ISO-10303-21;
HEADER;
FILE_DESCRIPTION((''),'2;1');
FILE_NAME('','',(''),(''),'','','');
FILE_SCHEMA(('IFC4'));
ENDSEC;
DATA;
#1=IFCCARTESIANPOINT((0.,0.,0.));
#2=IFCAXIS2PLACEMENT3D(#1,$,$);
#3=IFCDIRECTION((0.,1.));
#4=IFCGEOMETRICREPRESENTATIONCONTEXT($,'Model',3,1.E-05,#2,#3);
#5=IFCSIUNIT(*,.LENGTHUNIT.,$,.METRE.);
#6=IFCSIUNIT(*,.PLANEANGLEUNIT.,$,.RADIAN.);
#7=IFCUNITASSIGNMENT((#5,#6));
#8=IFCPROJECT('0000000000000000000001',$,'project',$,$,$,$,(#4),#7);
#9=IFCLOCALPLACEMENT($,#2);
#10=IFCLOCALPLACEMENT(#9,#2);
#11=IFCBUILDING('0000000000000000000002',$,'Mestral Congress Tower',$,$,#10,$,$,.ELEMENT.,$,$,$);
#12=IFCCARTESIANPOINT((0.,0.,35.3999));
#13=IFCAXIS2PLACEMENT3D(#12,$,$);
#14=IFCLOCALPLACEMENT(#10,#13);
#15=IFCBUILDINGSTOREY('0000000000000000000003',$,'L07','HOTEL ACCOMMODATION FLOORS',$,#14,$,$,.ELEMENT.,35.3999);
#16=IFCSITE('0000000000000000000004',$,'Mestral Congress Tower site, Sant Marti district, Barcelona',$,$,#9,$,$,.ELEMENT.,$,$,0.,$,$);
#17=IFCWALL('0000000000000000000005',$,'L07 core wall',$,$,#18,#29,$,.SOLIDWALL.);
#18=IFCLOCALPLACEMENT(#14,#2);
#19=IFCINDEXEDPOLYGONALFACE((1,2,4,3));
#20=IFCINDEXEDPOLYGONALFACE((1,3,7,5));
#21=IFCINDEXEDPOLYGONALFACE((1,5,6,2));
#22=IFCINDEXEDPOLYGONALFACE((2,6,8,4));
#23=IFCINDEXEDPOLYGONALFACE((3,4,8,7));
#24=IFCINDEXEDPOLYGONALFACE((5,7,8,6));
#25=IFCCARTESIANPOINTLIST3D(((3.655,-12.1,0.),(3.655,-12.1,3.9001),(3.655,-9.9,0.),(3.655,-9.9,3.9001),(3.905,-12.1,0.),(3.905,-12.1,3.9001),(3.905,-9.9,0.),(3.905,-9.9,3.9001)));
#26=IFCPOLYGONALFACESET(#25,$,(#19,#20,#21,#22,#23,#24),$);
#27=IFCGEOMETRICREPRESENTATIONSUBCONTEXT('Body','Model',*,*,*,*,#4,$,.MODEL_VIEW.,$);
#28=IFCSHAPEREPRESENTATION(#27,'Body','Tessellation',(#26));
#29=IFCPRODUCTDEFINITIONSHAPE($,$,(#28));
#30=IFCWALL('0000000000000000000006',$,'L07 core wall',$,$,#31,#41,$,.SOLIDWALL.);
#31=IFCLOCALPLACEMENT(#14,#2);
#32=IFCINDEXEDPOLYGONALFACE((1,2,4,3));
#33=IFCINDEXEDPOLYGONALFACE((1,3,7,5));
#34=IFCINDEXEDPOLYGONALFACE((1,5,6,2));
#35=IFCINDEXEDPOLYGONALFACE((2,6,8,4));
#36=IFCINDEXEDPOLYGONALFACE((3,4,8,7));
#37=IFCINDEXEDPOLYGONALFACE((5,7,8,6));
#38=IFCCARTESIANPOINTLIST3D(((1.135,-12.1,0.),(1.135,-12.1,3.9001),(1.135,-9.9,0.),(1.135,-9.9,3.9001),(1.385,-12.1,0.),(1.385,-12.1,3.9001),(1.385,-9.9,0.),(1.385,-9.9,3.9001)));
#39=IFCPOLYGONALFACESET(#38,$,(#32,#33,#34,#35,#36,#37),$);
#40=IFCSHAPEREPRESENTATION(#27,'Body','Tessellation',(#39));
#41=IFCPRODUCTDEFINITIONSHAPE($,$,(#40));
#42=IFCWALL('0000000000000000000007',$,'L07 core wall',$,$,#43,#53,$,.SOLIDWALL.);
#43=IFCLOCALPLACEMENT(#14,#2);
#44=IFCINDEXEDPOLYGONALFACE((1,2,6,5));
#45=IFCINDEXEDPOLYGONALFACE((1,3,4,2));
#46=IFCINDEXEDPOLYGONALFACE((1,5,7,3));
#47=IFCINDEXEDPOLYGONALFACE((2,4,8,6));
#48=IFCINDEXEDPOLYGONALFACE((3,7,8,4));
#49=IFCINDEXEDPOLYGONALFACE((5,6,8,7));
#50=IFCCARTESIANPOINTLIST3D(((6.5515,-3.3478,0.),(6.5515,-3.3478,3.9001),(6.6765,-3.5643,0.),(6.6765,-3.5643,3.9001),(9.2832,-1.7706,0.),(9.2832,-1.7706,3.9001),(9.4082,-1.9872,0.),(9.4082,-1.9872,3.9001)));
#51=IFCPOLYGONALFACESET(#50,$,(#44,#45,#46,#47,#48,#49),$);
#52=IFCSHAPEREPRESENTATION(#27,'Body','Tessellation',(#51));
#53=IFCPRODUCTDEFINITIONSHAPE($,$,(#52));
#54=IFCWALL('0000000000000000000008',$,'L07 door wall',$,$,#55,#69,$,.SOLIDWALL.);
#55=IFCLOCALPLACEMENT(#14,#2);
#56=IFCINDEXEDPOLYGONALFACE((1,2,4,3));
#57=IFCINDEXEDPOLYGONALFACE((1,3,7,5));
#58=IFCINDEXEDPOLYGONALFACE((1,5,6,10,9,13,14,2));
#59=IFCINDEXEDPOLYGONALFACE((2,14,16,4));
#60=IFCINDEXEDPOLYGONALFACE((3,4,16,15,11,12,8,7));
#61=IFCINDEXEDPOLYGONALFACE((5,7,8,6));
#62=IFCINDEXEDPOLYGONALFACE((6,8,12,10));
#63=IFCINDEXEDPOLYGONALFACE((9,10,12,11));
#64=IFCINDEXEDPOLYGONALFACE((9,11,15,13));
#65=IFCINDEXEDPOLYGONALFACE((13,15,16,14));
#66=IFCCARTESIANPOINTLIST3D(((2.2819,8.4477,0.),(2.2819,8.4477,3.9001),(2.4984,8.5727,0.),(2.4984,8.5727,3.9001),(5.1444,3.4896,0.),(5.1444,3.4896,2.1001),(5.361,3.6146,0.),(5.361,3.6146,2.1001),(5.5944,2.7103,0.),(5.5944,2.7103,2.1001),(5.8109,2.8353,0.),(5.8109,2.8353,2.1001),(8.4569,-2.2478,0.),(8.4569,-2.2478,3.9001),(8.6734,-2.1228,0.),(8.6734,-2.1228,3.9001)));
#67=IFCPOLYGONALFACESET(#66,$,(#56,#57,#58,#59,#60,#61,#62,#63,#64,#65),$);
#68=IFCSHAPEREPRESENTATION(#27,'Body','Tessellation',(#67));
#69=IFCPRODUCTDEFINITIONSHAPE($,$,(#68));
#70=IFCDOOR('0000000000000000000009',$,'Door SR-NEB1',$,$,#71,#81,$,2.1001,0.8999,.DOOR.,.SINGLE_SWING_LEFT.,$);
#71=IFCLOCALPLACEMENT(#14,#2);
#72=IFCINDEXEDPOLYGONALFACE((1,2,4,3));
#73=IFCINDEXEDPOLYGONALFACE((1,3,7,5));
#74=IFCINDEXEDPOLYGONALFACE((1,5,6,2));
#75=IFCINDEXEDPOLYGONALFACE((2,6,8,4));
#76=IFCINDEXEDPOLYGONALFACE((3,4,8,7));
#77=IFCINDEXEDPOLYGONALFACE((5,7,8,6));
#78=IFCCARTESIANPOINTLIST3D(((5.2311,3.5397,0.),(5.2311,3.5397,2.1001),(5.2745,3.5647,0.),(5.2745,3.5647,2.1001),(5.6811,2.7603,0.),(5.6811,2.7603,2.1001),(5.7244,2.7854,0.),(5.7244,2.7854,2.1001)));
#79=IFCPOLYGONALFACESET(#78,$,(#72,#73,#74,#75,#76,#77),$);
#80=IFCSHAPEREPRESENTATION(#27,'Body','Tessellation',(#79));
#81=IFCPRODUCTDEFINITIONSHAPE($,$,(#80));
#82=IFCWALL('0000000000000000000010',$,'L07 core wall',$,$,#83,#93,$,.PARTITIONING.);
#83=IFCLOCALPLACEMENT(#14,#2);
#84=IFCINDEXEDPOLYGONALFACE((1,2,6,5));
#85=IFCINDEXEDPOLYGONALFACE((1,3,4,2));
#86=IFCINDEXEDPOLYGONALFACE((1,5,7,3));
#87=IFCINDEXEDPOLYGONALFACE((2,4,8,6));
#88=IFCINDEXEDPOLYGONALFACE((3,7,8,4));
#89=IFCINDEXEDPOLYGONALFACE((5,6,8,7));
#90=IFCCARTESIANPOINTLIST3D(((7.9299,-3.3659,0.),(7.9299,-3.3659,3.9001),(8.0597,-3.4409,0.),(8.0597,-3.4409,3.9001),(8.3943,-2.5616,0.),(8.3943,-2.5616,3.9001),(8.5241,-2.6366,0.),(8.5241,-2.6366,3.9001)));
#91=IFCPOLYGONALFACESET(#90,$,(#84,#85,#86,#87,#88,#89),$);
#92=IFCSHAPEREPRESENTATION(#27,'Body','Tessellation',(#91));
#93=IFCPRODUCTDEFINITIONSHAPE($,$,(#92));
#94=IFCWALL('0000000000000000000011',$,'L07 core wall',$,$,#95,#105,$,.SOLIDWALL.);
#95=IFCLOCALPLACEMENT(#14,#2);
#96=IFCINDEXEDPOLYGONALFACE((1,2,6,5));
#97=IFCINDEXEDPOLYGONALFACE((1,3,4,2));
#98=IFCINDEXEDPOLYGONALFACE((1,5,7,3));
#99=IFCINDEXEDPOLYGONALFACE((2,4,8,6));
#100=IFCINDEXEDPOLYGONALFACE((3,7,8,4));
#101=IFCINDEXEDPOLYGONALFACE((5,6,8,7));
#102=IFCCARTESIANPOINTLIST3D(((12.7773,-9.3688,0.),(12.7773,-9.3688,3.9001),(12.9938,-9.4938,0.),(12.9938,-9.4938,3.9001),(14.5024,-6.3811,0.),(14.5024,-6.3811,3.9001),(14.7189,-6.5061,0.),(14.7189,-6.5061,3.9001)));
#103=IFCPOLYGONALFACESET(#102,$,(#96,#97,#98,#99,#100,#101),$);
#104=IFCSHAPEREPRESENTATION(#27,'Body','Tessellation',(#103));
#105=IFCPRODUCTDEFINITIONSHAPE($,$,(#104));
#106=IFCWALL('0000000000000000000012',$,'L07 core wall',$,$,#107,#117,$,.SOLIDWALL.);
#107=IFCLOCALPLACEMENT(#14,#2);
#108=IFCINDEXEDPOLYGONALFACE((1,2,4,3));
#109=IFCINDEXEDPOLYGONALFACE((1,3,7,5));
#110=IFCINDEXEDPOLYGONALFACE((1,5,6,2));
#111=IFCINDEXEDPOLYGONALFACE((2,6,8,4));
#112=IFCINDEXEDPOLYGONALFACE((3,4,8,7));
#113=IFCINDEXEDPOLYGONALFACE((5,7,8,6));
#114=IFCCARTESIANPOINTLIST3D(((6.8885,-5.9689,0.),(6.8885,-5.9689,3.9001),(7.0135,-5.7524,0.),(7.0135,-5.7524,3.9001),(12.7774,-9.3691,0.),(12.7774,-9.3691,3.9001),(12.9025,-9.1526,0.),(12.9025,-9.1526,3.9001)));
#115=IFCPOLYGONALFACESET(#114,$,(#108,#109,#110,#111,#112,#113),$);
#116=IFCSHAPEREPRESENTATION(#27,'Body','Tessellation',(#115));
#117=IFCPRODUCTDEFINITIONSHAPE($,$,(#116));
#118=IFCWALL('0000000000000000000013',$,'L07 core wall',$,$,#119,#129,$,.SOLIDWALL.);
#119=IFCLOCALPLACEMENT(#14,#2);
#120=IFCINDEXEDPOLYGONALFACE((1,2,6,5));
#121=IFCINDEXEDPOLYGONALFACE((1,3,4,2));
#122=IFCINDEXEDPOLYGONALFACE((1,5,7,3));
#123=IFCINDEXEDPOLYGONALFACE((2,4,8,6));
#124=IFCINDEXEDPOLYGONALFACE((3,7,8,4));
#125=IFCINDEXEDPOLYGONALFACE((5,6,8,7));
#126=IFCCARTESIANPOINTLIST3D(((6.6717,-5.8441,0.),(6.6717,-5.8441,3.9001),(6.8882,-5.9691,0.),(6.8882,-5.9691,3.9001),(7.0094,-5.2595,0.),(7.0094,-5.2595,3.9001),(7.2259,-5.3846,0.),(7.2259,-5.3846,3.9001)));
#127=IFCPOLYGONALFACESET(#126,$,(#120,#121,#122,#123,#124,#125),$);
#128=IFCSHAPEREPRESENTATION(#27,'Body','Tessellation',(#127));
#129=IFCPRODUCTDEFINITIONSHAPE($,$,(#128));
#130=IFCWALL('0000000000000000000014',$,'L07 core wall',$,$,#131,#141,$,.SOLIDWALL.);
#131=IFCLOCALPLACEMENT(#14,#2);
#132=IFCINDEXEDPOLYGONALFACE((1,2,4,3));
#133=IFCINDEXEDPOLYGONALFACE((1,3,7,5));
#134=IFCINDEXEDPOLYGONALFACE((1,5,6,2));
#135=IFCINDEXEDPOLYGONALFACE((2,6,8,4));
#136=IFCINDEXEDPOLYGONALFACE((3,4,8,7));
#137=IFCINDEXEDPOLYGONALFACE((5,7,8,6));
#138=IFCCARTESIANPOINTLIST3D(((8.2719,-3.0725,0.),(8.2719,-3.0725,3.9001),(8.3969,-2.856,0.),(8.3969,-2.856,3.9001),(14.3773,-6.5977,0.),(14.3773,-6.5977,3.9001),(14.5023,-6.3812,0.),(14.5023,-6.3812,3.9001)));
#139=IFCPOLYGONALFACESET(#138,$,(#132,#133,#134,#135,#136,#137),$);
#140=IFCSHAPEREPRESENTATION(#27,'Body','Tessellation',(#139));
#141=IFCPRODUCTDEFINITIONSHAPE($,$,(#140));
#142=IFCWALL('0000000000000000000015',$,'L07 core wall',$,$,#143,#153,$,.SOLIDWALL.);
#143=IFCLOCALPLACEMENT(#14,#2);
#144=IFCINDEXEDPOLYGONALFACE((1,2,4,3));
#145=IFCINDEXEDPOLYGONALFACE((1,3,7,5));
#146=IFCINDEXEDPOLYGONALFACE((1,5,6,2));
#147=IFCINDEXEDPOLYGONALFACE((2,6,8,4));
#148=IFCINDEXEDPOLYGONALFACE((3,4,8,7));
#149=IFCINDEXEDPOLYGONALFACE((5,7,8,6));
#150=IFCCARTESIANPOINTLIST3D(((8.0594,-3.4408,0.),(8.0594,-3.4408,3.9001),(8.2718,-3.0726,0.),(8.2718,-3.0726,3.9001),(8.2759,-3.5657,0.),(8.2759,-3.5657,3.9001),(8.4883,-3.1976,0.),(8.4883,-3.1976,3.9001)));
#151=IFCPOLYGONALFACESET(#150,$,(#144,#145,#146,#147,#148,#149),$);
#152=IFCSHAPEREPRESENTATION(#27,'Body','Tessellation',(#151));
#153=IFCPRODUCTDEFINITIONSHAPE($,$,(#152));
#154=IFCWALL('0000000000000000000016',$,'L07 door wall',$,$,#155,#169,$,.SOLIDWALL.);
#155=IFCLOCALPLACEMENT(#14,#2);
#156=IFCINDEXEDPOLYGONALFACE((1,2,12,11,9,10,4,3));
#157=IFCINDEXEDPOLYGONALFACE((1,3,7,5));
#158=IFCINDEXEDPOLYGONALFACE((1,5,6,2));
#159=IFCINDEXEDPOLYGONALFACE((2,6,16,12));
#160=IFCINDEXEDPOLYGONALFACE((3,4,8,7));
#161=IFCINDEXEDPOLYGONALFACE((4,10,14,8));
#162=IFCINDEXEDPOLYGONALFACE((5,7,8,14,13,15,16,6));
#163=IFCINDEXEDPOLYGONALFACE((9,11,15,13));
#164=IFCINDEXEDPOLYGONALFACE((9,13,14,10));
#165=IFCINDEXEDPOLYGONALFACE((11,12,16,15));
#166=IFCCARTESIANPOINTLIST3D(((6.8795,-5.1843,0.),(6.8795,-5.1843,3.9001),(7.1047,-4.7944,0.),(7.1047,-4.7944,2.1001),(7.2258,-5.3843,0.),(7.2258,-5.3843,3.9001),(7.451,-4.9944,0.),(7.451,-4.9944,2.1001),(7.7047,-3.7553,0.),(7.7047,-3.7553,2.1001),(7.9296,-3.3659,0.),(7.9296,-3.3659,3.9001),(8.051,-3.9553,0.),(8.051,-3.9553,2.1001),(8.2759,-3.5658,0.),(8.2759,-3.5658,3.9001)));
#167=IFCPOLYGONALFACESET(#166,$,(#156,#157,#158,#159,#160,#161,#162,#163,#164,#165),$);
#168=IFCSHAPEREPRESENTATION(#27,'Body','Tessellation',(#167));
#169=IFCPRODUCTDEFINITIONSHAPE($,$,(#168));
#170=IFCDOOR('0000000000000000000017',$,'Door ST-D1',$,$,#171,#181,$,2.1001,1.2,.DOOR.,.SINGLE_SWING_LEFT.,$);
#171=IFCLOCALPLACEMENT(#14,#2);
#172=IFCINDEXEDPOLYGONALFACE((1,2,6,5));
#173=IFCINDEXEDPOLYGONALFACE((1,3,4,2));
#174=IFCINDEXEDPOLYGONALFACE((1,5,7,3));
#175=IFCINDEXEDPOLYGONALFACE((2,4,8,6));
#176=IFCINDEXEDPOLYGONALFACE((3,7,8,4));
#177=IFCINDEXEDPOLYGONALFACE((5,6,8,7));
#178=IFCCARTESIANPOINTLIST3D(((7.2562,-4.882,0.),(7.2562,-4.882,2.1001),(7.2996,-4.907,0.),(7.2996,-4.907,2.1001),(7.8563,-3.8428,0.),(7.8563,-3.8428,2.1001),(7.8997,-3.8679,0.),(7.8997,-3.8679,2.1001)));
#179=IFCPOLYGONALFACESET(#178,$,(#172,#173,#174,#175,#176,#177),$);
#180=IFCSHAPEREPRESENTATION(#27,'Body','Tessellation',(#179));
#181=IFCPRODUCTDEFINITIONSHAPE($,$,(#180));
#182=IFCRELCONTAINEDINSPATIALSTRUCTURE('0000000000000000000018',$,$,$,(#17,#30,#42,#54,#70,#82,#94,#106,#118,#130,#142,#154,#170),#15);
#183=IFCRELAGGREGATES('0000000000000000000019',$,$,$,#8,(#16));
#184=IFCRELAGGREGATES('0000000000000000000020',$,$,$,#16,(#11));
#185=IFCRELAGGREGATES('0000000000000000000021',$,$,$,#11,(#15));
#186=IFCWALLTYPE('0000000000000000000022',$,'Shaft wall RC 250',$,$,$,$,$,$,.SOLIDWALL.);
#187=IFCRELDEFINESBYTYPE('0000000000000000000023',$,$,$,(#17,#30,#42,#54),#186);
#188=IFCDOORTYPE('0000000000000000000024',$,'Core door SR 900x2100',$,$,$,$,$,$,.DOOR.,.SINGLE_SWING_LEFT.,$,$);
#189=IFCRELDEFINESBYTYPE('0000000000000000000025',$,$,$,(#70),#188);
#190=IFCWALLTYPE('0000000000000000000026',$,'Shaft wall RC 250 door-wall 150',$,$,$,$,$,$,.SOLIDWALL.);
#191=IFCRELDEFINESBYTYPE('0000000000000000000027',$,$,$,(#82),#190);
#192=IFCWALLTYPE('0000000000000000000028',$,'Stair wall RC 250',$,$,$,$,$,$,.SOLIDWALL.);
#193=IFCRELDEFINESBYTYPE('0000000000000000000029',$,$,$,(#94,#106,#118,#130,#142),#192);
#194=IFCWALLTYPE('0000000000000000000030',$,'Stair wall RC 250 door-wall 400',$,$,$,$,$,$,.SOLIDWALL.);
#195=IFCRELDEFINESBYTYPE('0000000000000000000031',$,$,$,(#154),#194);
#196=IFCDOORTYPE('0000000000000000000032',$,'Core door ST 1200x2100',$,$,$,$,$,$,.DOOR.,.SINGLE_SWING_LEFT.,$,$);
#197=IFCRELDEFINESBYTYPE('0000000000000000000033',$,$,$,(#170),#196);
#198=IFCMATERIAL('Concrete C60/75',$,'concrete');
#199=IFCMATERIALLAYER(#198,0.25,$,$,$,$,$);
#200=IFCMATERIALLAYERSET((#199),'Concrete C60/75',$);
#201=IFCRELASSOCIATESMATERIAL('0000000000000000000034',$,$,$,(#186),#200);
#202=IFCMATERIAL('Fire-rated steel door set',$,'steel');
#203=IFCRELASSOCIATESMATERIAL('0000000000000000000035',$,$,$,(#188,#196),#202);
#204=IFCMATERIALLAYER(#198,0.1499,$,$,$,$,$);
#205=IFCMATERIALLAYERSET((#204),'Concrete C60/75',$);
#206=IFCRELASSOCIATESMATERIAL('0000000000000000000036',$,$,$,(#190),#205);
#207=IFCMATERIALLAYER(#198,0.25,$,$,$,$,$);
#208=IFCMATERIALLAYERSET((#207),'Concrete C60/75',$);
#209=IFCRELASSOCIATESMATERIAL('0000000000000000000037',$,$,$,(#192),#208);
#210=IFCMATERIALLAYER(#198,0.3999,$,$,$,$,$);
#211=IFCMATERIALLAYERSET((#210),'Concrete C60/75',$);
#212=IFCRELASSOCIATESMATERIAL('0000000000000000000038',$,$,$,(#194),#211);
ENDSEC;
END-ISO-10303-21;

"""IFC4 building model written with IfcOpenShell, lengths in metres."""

from ifc_helpers import new_model, si_unit, direction, frame, frame_2d, origin, place, context, subcontext, project, spatial, rectangle, extrude, material, layer, layer_set, type_object, element, fill, save


model = new_model("IFC4")

# Units and contexts
model_context = context("Model", 3, precision=1e-05, world=origin(), true_north=direction((0.0, 1.0)))
body_context = subcontext(model_context, "Body", "Model", "MODEL_VIEW")
ifc_project = project(units=[si_unit("LENGTHUNIT", "METRE"), si_unit("PLANEANGLEUNIT", "RADIAN")], contexts=[model_context])

# Site, building, storey
site_placement = place(None, origin())
site = spatial("IfcSite", under=ifc_project, at=site_placement, Name="Mestral Congress Tower site, Sant Marti district, Barcelona", CompositionType="ELEMENT", RefElevation=0.0)
building_placement = place(site_placement, origin())
building = spatial("IfcBuilding", under=site, at=building_placement, Name="Mestral Congress Tower", CompositionType="ELEMENT")
storey_placement = place(building_placement, frame((0.0, 0.0, 35.3999)))
storey = spatial("IfcBuildingStorey", under=building, at=storey_placement, Name="L07", Description="HOTEL ACCOMMODATION FLOORS", CompositionType="ELEMENT", Elevation=35.3999)

# Shared definitions
ifc_material_1 = material(Name="Fire-rated steel door set", Category="steel")
ifc_material_2 = material(Name="Concrete C60/75", Category="concrete")

# Walls
ifc_layer_1 = layer(ifc_material_2, 0.25)
ifc_layer_set_1 = layer_set([ifc_layer_1], Name="Concrete C60/75")
wall_type_1 = type_object("IfcWallType", Name="Shaft wall RC 250", PredefinedType="SOLIDWALL", material=ifc_layer_set_1)
for number, where, z_axis, x_axis, name in (
    (1, (3.78, -12.1001, 0.0), (0.0, 0.0, 1.0), (0.0, 1.0, 0.0), "L07 core wall"),
    (2, (1.26, -12.1001, 0.0), (0.0, 0.0, 1.0), (0.0, 1.0, 0.0), "L07 core wall"),
):
    element("IfcWall", number, at=place(storey_placement, frame(where, z_axis=z_axis, x_axis=x_axis)), inside=storey, type_object=wall_type_1, Name=name, PredefinedType="SOLIDWALL", context=body_context, shape_type="SweptSolid", body=[
        extrude(rectangle(XDim=2.2, YDim=0.25, at=frame_2d((1.1001, 0.0))), origin(), (0.0, 0.0, 1.0), 3.9001),
    ])
wall_1_placement = place(storey_placement, frame((6.614, -3.4561, 0.0), z_axis=(0.0, 0.0, 1.0), x_axis=(0.866024, 0.500002, 0.0)))
element("IfcWall", 3, at=wall_1_placement, inside=storey, type_object=wall_type_1, Name="L07 core wall", PredefinedType="SOLIDWALL", context=body_context, shape_type="SweptSolid", body=[
    extrude(rectangle(XDim=3.1543, YDim=0.25, at=frame_2d((1.5771, 0.0))), origin(), (0.0, 0.0, 1.0), 3.9001),
])

# Wall, opening, door
wall_2_placement = place(storey_placement, frame((8.5652, -2.1853, 0.0), z_axis=(0.0, 0.0, 1.0), x_axis=(-0.499998, 0.866027, 0.0)))
wall_2 = element("IfcWall", 4, at=wall_2_placement, inside=storey, type_object=wall_type_1, Name="L07 door wall", PredefinedType="SOLIDWALL", context=body_context, shape_type="SweptSolid", body=[
    extrude(rectangle(XDim=12.3501, YDim=0.25, at=frame_2d((6.175, 0.0))), origin(), (0.0, 0.0, 1.0), 3.9001),
])
opening_1_placement = place(wall_2_placement, frame((5.7251, 0.0, 0.0)))
opening_1 = element("IfcOpeningElement", 5, at=opening_1_placement, cuts=wall_2, PredefinedType="OPENING", context=body_context, shape_type="SweptSolid", body=[
    extrude(rectangle(XDim=0.8999, YDim=2.1001, at=frame_2d((0.45, 1.05))), frame((0.0, 0.135, 0.0), z_axis=(0.0, -1.0, 0.0), x_axis=(1.0, 0.0, 0.0)), (0.0, 0.0, 1.0), 0.27),
])
door_type_1 = type_object("IfcDoorType", Name="Core door SR 900x2100", OperationType="SINGLE_SWING_LEFT", PredefinedType="DOOR", material=ifc_material_1)
door_1_placement = place(opening_1_placement, origin())
door_1 = element("IfcDoor", 6, at=door_1_placement, inside=storey, type_object=door_type_1, Name="Door SR-NEB1", OperationType="SINGLE_SWING_LEFT", OverallHeight=2.1001, OverallWidth=0.8999, PredefinedType="DOOR", context=body_context, shape_type="SweptSolid", body=[
    extrude(rectangle(XDim=0.8999, YDim=2.1001, at=frame_2d((0.45, 1.05))), frame((0.0, 0.0249, 0.0), z_axis=(0.0, -1.0, 0.0), x_axis=(1.0, 0.0, 0.0)), (0.0, 0.0, 1.0), 0.05),
])
fill(opening_1, door_1)

# Walls
ifc_layer_2 = layer(ifc_material_2, 0.1499)
ifc_layer_set_2 = layer_set([ifc_layer_2], Name="Concrete C60/75")
wall_type_2 = type_object("IfcWallType", Name="Shaft wall RC 250 door-wall 150", PredefinedType="SOLIDWALL", material=ifc_layer_set_2)
wall_3_placement = place(storey_placement, frame((8.4592, -2.5991, 0.0), z_axis=(0.0, 0.0, 1.0), x_axis=(-0.500041, -0.866002, 0.0)))
element("IfcWall", 7, at=wall_3_placement, inside=storey, type_object=wall_type_2, Name="L07 core wall", PredefinedType="PARTITIONING", context=body_context, shape_type="SweptSolid", body=[
    extrude(rectangle(XDim=0.9287, YDim=0.1499, at=frame_2d((0.4644, 0.0))), origin(), (0.0, 0.0, 1.0), 3.9001),
])
ifc_layer_3 = layer(ifc_material_2, 0.25)
ifc_layer_set_3 = layer_set([ifc_layer_3], Name="Concrete C60/75")
wall_type_3 = type_object("IfcWallType", Name="Stair wall RC 250", PredefinedType="SOLIDWALL", material=ifc_layer_set_3)
wall_4_placement = place(storey_placement, frame((12.8855, -9.4314, 0.0), z_axis=(0.0, 0.0, 1.0), x_axis=(0.500021, 0.866014, 0.0)))
element("IfcWall", 8, at=wall_4_placement, inside=storey, type_object=wall_type_3, Name="L07 core wall", PredefinedType="SOLIDWALL", context=body_context, shape_type="SweptSolid", body=[
    extrude(rectangle(XDim=3.45, YDim=0.25, at=frame_2d((1.7251, 0.0))), origin(), (0.0, 0.0, 1.0), 3.9001),
])
wall_5_placement = place(storey_placement, frame((12.8398, -9.2607, 0.0), z_axis=(0.0, 0.0, 1.0), x_axis=(-0.866014, 0.50002, 0.0)))
element("IfcWall", 9, at=wall_5_placement, inside=storey, type_object=wall_type_3, Name="L07 core wall", PredefinedType="SOLIDWALL", context=body_context, shape_type="SweptSolid", body=[
    extrude(rectangle(XDim=6.8, YDim=0.25, at=frame_2d((3.3999, 0.0))), origin(), (0.0, 0.0, 1.0), 3.9001),
])
wall_6_placement = place(storey_placement, frame((6.78, -5.9065, 0.0), z_axis=(0.0, 0.0, 1.0), x_axis=(0.500223, 0.865896, 0.0)))
element("IfcWall", 10, at=wall_6_placement, inside=storey, type_object=wall_type_3, Name="L07 core wall", PredefinedType="SOLIDWALL", context=body_context, shape_type="SweptSolid", body=[
    extrude(rectangle(XDim=0.675, YDim=0.25, at=frame_2d((0.3374, 0.0))), origin(), (0.0, 0.0, 1.0), 3.9001),
])
wall_7_placement = place(storey_placement, frame((8.3345, -2.9644, 0.0), z_axis=(0.0, 0.0, 1.0), x_axis=(0.866016, -0.500016, 0.0)))
element("IfcWall", 11, at=wall_7_placement, inside=storey, type_object=wall_type_3, Name="L07 core wall", PredefinedType="SOLIDWALL", context=body_context, shape_type="SweptSolid", body=[
    extrude(rectangle(XDim=7.05, YDim=0.25, at=frame_2d((3.5249, 0.0))), origin(), (0.0, 0.0, 1.0), 3.9001),
])
wall_8_placement = place(storey_placement, frame((8.1677, -3.5032, 0.0), z_axis=(0.0, 0.0, 1.0), x_axis=(0.499722, 0.866186, 0.0)))
element("IfcWall", 12, at=wall_8_placement, inside=storey, type_object=wall_type_3, Name="L07 core wall", PredefinedType="SOLIDWALL", context=body_context, shape_type="SweptSolid", body=[
    extrude(rectangle(XDim=0.425, YDim=0.25, at=frame_2d((0.2124, 0.0))), origin(), (0.0, 0.0, 1.0), 3.9001),
])

# Wall, opening, door
ifc_layer_4 = layer(ifc_material_2, 0.3999)
ifc_layer_set_4 = layer_set([ifc_layer_4], Name="Concrete C60/75")
wall_type_4 = type_object("IfcWallType", Name="Stair wall RC 250 door-wall 400", PredefinedType="SOLIDWALL", material=ifc_layer_set_4)
wall_9_placement = place(storey_placement, frame((7.0527, -5.2842, 0.0), z_axis=(0.0, 0.0, 1.0), x_axis=(0.500078, 0.86598, 0.0)))
wall_9 = element("IfcWall", 13, at=wall_9_placement, inside=storey, type_object=wall_type_4, Name="L07 door wall", PredefinedType="SOLIDWALL", context=body_context, shape_type="SweptSolid", body=[
    extrude(rectangle(XDim=2.0999, YDim=0.3999, at=frame_2d((1.0498, 0.0))), origin(), (0.0, 0.0, 1.0), 3.9001),
])
opening_2_placement = place(wall_9_placement, frame((0.45, 0.0, 0.0)))
opening_2 = element("IfcOpeningElement", 14, at=opening_2_placement, cuts=wall_9, PredefinedType="OPENING", context=body_context, shape_type="SweptSolid", body=[
    extrude(rectangle(XDim=1.2, YDim=2.1001, at=frame_2d((0.6001, 1.05))), frame((0.0, 0.21, 0.0), z_axis=(0.0, -1.0, 0.0), x_axis=(1.0, 0.0, 0.0)), (0.0, 0.0, 1.0), 0.4199),
])
door_type_2 = type_object("IfcDoorType", Name="Core door ST 1200x2100", OperationType="SINGLE_SWING_LEFT", PredefinedType="DOOR", material=ifc_material_1)
door_2_placement = place(opening_2_placement, origin())
door_2 = element("IfcDoor", 15, at=door_2_placement, inside=storey, type_object=door_type_2, Name="Door ST-D1", OperationType="SINGLE_SWING_LEFT", OverallHeight=2.1001, OverallWidth=1.2, PredefinedType="DOOR", context=body_context, shape_type="SweptSolid", body=[
    extrude(rectangle(XDim=1.2, YDim=2.1001, at=frame_2d((0.6001, 1.05))), frame((0.0, 0.0249, 0.0), z_axis=(0.0, -1.0, 0.0), x_axis=(1.0, 0.0, 0.0)), (0.0, 0.0, 1.0), 0.05),
])
fill(opening_2, door_2)

save(model, "model.ifc")
